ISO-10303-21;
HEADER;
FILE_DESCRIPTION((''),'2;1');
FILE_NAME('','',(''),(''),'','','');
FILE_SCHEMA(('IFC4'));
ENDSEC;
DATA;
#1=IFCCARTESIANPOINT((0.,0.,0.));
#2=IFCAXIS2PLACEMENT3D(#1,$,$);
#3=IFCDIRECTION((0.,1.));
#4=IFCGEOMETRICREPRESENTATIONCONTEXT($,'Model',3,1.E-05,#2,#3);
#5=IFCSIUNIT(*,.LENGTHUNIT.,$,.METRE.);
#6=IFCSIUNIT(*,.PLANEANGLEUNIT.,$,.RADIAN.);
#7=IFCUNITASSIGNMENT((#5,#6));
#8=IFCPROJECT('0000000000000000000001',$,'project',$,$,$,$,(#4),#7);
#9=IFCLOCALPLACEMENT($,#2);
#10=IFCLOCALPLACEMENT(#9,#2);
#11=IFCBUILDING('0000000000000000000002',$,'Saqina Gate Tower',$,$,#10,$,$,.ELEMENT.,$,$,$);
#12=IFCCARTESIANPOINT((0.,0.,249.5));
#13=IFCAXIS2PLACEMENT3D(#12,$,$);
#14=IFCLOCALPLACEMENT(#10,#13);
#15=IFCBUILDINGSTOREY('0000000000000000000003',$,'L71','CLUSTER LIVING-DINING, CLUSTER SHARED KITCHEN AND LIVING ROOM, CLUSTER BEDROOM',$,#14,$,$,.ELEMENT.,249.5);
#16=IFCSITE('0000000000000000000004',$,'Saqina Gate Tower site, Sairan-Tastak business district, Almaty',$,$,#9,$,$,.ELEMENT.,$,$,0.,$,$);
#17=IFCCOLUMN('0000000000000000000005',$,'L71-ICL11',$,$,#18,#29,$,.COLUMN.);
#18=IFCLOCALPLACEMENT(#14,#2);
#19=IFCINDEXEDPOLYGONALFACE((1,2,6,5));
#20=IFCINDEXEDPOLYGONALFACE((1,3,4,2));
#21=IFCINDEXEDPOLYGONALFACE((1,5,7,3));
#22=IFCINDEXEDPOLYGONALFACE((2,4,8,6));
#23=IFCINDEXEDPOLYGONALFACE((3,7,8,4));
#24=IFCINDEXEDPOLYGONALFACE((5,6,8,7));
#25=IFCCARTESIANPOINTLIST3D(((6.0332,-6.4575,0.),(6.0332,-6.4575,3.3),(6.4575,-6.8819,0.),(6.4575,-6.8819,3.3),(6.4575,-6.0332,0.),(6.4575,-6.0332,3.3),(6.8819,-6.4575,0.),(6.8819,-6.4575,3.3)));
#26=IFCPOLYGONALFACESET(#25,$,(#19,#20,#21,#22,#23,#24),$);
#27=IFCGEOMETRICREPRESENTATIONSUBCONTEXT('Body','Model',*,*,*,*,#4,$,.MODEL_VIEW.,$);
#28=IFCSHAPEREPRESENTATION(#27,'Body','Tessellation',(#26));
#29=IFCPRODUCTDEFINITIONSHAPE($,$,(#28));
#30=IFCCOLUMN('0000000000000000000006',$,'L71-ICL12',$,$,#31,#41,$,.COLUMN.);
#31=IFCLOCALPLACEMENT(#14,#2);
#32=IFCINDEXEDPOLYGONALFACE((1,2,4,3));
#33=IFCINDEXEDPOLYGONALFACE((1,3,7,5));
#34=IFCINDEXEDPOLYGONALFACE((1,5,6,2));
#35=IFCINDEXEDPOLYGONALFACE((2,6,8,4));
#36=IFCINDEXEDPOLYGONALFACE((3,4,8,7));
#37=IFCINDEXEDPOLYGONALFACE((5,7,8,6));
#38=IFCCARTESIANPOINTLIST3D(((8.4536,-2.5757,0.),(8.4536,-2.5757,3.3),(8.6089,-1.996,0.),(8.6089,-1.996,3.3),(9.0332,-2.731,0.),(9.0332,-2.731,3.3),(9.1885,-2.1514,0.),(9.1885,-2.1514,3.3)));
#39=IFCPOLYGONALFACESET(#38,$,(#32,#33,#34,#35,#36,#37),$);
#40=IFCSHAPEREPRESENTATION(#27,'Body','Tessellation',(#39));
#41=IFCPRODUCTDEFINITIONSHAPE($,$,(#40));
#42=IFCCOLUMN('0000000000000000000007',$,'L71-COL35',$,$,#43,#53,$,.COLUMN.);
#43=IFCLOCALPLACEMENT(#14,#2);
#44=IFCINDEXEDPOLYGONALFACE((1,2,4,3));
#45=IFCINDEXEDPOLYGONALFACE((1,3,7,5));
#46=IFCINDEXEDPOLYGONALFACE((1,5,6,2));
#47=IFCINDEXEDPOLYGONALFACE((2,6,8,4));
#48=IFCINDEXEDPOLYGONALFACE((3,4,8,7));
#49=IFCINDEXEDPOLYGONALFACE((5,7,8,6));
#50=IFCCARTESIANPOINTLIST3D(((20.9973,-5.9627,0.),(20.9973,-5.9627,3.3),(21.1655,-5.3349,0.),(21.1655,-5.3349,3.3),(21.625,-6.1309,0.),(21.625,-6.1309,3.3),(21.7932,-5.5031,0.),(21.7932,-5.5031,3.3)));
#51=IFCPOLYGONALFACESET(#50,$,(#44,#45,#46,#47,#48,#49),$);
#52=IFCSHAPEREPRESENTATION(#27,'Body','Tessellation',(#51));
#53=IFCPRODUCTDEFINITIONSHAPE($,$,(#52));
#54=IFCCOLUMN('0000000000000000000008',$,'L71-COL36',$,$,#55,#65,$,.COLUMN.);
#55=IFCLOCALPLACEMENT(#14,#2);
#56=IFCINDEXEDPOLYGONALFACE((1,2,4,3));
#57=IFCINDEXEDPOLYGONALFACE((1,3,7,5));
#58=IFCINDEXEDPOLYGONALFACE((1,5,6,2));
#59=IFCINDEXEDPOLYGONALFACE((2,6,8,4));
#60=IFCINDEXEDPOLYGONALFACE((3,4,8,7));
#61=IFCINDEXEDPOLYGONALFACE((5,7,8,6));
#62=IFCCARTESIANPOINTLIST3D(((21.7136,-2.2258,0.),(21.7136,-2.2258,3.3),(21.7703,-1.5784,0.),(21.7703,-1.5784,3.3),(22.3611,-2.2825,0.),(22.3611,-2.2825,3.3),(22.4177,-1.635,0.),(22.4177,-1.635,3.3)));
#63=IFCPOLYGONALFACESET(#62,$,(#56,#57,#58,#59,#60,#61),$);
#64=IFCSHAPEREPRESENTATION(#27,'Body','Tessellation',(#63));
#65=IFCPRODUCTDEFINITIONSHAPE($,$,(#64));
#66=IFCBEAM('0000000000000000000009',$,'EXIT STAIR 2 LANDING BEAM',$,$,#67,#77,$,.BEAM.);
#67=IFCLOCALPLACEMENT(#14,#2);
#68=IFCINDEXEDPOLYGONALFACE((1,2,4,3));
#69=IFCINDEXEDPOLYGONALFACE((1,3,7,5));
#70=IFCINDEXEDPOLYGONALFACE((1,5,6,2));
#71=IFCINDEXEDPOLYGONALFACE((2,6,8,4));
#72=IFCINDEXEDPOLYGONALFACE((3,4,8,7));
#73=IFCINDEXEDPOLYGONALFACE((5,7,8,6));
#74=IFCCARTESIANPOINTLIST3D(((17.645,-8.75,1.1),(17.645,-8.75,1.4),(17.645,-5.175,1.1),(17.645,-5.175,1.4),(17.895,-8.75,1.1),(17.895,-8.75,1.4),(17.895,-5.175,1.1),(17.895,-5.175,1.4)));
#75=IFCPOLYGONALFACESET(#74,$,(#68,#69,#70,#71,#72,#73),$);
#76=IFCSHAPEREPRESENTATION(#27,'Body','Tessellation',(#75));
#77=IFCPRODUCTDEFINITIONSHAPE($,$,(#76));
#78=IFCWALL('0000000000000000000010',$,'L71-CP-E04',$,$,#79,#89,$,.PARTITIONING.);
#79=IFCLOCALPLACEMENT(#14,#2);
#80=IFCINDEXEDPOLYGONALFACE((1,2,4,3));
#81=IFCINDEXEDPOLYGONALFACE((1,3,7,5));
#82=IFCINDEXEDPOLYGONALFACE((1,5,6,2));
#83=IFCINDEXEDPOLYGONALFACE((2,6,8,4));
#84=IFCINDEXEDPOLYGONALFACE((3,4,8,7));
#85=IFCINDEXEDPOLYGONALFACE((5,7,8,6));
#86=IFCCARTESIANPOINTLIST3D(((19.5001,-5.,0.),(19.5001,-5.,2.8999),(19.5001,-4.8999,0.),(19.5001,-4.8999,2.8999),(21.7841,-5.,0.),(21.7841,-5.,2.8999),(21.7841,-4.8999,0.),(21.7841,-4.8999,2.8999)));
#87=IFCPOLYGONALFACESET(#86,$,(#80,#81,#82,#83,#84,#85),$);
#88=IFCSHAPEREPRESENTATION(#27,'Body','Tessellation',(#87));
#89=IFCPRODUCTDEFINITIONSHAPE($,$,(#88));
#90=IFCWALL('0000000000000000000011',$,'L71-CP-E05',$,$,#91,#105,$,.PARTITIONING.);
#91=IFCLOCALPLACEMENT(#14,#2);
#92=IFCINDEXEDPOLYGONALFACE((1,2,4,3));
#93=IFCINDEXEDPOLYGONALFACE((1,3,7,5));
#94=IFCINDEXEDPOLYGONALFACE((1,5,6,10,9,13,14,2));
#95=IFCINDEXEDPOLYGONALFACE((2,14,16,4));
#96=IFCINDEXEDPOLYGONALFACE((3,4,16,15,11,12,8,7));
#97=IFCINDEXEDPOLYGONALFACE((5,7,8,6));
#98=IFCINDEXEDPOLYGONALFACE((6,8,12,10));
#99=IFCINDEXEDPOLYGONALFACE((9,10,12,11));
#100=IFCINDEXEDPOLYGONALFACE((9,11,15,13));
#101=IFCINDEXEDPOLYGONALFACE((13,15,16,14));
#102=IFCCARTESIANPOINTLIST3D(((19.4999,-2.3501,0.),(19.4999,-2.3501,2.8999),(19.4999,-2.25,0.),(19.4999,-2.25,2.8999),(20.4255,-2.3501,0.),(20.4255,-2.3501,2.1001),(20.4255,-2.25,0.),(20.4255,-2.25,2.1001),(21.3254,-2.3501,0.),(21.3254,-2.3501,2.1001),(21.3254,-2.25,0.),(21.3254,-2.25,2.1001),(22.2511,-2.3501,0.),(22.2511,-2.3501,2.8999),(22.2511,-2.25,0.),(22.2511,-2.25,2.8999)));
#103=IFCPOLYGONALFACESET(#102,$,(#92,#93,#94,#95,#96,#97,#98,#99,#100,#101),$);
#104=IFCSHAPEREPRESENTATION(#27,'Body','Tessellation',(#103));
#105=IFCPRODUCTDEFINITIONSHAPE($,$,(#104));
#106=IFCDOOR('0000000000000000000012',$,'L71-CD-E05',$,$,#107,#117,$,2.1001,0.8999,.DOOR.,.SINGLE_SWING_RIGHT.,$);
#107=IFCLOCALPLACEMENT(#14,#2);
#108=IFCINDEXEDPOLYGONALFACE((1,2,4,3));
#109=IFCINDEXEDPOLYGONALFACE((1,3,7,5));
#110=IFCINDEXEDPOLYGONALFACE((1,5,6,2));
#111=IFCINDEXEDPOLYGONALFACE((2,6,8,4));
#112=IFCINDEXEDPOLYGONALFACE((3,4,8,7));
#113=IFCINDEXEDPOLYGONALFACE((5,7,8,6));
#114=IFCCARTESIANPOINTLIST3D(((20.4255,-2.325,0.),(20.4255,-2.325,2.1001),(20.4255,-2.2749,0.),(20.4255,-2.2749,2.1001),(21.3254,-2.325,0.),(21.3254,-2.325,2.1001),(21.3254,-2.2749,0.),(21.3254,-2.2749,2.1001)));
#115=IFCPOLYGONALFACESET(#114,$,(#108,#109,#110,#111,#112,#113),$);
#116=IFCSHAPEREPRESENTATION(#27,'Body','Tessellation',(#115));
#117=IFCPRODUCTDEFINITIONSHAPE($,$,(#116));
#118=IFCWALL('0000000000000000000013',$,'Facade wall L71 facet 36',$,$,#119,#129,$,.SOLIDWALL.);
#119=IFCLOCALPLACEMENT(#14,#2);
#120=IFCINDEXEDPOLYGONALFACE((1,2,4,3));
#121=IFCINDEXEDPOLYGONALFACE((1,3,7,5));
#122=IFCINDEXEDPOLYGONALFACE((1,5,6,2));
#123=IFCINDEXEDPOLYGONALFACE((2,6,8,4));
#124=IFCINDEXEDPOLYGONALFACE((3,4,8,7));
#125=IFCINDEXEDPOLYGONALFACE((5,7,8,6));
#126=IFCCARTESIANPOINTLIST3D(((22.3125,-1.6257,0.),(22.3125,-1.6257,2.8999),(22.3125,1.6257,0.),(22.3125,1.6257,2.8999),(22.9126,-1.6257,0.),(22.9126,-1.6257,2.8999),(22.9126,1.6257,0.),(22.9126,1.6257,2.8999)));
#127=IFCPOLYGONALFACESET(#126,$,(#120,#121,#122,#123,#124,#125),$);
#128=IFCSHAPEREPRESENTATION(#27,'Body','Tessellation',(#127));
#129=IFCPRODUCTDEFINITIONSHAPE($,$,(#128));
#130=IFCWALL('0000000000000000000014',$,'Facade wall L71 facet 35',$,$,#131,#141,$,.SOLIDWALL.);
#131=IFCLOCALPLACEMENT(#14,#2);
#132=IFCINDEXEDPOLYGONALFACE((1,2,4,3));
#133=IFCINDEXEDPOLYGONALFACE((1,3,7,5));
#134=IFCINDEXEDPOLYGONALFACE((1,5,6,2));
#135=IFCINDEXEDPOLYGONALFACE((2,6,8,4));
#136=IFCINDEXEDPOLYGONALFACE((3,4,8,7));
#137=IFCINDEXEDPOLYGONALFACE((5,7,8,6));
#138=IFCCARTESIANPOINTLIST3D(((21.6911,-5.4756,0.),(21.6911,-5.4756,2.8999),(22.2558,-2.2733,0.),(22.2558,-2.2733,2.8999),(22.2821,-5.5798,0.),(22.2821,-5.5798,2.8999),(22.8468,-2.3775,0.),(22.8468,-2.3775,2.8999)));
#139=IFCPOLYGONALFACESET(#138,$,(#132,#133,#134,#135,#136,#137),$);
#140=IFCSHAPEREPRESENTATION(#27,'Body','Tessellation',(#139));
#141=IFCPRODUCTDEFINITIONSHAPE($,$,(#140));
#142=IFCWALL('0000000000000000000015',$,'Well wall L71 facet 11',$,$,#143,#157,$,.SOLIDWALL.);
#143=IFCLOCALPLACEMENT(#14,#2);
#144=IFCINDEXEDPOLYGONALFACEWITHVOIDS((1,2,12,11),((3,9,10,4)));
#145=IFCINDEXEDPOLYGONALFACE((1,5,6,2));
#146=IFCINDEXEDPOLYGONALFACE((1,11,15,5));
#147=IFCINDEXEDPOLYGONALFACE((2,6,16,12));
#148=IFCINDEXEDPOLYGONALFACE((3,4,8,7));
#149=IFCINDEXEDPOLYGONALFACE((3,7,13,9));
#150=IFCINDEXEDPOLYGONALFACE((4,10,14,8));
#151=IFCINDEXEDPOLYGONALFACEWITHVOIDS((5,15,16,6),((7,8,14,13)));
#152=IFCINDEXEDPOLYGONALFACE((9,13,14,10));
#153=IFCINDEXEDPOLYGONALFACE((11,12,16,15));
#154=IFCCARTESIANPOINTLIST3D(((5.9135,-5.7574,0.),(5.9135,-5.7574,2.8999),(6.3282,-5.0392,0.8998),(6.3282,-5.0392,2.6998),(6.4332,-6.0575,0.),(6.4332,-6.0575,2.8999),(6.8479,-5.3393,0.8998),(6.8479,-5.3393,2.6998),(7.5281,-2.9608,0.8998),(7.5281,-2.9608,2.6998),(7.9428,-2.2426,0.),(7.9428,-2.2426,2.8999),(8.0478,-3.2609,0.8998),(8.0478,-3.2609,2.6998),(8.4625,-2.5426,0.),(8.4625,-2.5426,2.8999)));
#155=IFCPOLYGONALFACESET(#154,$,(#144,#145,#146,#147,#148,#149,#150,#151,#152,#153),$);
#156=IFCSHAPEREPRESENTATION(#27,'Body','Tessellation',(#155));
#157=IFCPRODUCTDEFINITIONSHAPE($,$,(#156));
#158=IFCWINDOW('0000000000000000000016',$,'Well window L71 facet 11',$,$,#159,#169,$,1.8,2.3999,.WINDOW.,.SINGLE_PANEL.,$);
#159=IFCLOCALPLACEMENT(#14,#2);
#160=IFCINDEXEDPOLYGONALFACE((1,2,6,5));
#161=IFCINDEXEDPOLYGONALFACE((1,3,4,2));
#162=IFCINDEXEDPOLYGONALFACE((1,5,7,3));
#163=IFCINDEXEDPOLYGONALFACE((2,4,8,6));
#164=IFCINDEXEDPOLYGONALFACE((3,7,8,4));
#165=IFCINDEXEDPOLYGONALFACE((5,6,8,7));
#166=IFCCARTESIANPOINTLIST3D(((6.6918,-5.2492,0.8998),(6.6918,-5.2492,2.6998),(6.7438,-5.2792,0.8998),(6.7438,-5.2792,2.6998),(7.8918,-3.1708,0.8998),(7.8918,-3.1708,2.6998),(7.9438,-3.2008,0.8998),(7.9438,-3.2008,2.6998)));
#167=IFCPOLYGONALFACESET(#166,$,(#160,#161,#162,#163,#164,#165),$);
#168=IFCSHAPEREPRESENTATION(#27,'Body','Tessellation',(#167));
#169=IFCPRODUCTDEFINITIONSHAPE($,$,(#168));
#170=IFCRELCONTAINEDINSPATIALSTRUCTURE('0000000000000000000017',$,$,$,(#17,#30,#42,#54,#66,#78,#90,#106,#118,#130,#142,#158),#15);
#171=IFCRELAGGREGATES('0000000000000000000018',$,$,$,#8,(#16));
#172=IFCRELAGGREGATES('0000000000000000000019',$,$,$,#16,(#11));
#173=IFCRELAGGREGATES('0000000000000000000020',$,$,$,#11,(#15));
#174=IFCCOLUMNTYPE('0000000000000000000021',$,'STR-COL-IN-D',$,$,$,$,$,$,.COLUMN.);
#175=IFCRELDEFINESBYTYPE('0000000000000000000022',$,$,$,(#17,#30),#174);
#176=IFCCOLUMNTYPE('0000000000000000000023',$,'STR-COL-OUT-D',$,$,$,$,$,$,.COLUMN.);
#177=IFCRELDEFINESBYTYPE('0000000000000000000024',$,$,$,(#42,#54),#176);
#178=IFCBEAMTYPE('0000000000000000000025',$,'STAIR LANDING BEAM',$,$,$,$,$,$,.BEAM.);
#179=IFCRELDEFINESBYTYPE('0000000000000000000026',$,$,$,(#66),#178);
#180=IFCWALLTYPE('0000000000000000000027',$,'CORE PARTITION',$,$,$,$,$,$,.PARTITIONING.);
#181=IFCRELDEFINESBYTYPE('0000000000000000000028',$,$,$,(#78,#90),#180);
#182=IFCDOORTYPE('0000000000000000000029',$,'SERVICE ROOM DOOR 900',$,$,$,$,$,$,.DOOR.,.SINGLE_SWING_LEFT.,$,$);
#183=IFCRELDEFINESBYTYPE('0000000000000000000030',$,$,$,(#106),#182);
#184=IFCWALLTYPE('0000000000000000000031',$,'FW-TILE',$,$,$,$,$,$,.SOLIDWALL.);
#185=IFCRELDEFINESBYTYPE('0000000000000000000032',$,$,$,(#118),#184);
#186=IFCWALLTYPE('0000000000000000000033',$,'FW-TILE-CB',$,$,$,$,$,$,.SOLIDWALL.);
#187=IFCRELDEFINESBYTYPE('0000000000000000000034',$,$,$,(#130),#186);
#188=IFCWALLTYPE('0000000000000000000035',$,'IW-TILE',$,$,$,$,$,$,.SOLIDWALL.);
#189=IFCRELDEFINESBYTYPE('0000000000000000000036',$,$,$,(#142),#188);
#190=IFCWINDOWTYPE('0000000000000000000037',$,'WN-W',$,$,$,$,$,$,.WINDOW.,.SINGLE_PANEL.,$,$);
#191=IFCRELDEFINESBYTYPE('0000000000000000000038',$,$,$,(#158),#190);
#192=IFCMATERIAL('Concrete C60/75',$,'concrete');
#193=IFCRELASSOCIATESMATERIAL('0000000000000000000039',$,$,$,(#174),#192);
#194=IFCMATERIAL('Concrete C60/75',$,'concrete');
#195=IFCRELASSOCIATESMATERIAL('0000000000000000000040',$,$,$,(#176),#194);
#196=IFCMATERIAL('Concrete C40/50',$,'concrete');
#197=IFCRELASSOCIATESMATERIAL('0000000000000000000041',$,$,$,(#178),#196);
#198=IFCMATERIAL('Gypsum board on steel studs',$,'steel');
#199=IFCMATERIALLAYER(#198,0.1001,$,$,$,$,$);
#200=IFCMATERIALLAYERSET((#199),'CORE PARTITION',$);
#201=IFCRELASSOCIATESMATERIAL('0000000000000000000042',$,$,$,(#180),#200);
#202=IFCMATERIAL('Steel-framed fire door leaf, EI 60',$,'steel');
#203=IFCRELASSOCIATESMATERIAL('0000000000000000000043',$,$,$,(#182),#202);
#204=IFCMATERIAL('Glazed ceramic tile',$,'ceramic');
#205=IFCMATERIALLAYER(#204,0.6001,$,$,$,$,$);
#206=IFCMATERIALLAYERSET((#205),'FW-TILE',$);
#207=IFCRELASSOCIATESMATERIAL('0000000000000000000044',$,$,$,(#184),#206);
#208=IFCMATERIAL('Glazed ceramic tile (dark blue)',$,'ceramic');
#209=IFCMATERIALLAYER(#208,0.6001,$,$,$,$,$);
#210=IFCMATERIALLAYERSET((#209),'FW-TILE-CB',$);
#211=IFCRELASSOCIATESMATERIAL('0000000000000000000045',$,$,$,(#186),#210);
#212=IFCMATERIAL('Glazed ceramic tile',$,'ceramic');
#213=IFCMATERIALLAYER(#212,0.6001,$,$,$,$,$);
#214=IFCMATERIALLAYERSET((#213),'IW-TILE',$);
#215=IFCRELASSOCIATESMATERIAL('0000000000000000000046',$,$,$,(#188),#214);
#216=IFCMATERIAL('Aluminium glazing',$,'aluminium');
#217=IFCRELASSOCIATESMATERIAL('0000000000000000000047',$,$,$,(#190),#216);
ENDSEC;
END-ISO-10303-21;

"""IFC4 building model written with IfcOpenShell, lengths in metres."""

from ifc_helpers import new_model, si_unit, direction, frame, frame_2d, origin, origin_2d, place, context, subcontext, project, spatial, rectangle, extrude, material, layer, layer_set, material_profile, profile_set, type_object, element, fill, save


model = new_model("IFC4")

# Units and contexts
model_context = context("Model", 3, precision=1e-05, world=origin(), true_north=direction((0.0, 1.0)))
body_context = subcontext(model_context, "Body", "Model", "MODEL_VIEW")
ifc_project = project(units=[si_unit("LENGTHUNIT", "METRE"), si_unit("PLANEANGLEUNIT", "RADIAN")], contexts=[model_context])

# Site, building, storey
site_placement = place(None, origin())
site = spatial("IfcSite", under=ifc_project, at=site_placement, Name="Saqina Gate Tower site, Sairan-Tastak business district, Almaty", CompositionType="ELEMENT", RefElevation=0.0)
building_placement = place(site_placement, origin())
building = spatial("IfcBuilding", under=site, at=building_placement, Name="Saqina Gate Tower", CompositionType="ELEMENT")
storey_placement = place(building_placement, frame((0.0, 0.0, 249.5)))
storey = spatial("IfcBuildingStorey", under=building, at=storey_placement, Name="L71", Description="CLUSTER LIVING-DINING, CLUSTER SHARED KITCHEN AND LIVING ROOM, CLUSTER BEDROOM", CompositionType="ELEMENT", Elevation=249.5)

# Columns
ifc_material_1 = material(Name="Concrete C60/75", Category="concrete")
ifc_material_profile_1 = material_profile(ifc_material_1, rectangle(XDim=0.6001, YDim=0.6001, at=origin_2d()), Name="RC 600x600")
ifc_profile_set_1 = profile_set([ifc_material_profile_1], Name="Concrete C60/75")
column_type_1 = type_object("IfcColumnType", Name="STR-COL-IN-D", PredefinedType="COLUMN", material=ifc_profile_set_1)
for number, where, z_axis, x_axis, name in (
    (1, (6.4575, -6.4575, 0.0), (0.0, 0.0, 1.0), (0.707107, -0.707107, 0.0), "L71-ICL11"),
    (2, (8.821, -2.3635, 0.0), (0.0, 0.0, 1.0), (0.965926, -0.258819, 0.0), "L71-ICL12"),
):
    element("IfcColumn", number, at=place(storey_placement, frame(where, z_axis=z_axis, x_axis=x_axis)), inside=storey, type_object=column_type_1, Name=name, PredefinedType="COLUMN", context=body_context, shape_type="SweptSolid", body=[
        extrude(rectangle(XDim=0.6001, YDim=0.6001, at=origin_2d()), origin(), (0.0, 0.0, 1.0), 3.3),
    ])
ifc_material_2 = material(Name="Concrete C60/75", Category="concrete")
ifc_material_profile_2 = material_profile(ifc_material_2, rectangle(XDim=0.6499, YDim=0.6499, at=origin_2d()), Name="RC 650x650")
ifc_profile_set_2 = profile_set([ifc_material_profile_2], Name="Concrete C60/75")
column_type_2 = type_object("IfcColumnType", Name="STR-COL-OUT-D", PredefinedType="COLUMN", material=ifc_profile_set_2)
for number, where, z_axis, x_axis, name in (
    (3, (21.3953, -5.7329, 0.0), (0.0, 0.0, 1.0), (0.965926, -0.258819, 0.0), "L71-COL35"),
    (4, (22.0657, -1.9304, 0.0), (0.0, 0.0, 1.0), (0.996195, -0.087156, 0.0), "L71-COL36"),
):
    element("IfcColumn", number, at=place(storey_placement, frame(where, z_axis=z_axis, x_axis=x_axis)), inside=storey, type_object=column_type_2, Name=name, PredefinedType="COLUMN", context=body_context, shape_type="SweptSolid", body=[
        extrude(rectangle(XDim=0.6499, YDim=0.6499, at=origin_2d()), origin(), (0.0, 0.0, 1.0), 3.3),
    ])

# Beam
ifc_material_3 = material(Name="Concrete C40/50", Category="concrete")
ifc_material_profile_3 = material_profile(ifc_material_3, rectangle(XDim=0.25, YDim=0.3, at=origin_2d()), Name="STAIR LANDING BEAM")
ifc_profile_set_3 = profile_set([ifc_material_profile_3], Name="Concrete C40/50")
beam_type = type_object("IfcBeamType", Name="STAIR LANDING BEAM", PredefinedType="BEAM", material=ifc_profile_set_3)
beam_placement = place(storey_placement, frame((17.77, -8.75, 1.25), z_axis=(0.0, 1.0, 0.0), x_axis=(-1.0, 0.0, 0.0)))
element("IfcBeam", 5, at=beam_placement, inside=storey, type_object=beam_type, Name="EXIT STAIR 2 LANDING BEAM", PredefinedType="BEAM", context=body_context, shape_type="SweptSolid", body=[
    extrude(rectangle(XDim=0.25, YDim=0.3, at=origin_2d()), origin(), (0.0, 0.0, 1.0), 3.575),
])

# Wall
ifc_material_4 = material(Name="Gypsum board on steel studs", Category="steel")
ifc_layer_1 = layer(ifc_material_4, 0.1001)
ifc_layer_set_1 = layer_set([ifc_layer_1], Name="CORE PARTITION")
wall_type_1 = type_object("IfcWallType", Name="CORE PARTITION", PredefinedType="PARTITIONING", material=ifc_layer_set_1)
wall_1_placement = place(storey_placement, frame((19.5, -4.95, 0.0), z_axis=(0.0, 0.0, 1.0), x_axis=(1.0, 0.0, 0.0)))
element("IfcWall", 6, at=wall_1_placement, inside=storey, type_object=wall_type_1, Name="L71-CP-E04", PredefinedType="PARTITIONING", context=body_context, shape_type="SweptSolid", body=[
    extrude(rectangle(XDim=2.2839, YDim=0.1001, at=frame_2d((1.1421, 0.0))), origin(), (0.0, 0.0, 1.0), 2.8999),
])

# Wall, opening, door
wall_2_placement = place(storey_placement, frame((19.5, -2.3, 0.0), z_axis=(0.0, 0.0, 1.0), x_axis=(1.0, 0.0, 0.0)))
wall_2 = element("IfcWall", 7, at=wall_2_placement, inside=storey, type_object=wall_type_1, Name="L71-CP-E05", PredefinedType="PARTITIONING", context=body_context, shape_type="SweptSolid", body=[
    extrude(rectangle(XDim=2.7512, YDim=0.1001, at=frame_2d((1.3755, 0.0))), origin(), (0.0, 0.0, 1.0), 2.8999),
])
opening_1_placement = place(wall_2_placement, frame((0.9255, 0.0, 0.0)))
opening_1 = element("IfcOpeningElement", 8, at=opening_1_placement, cuts=wall_2, PredefinedType="OPENING", context=body_context, shape_type="SweptSolid", body=[
    extrude(rectangle(XDim=0.8999, YDim=2.1001, at=frame_2d((0.45, 1.05))), frame((0.0, 0.062, 0.0), z_axis=(0.0, -1.0, 0.0), x_axis=(1.0, 0.0, 0.0)), (0.0, 0.0, 1.0), 0.124),
])
ifc_material_5 = material(Name="Steel-framed fire door leaf, EI 60", Category="steel")
door_type_1 = type_object("IfcDoorType", Name="SERVICE ROOM DOOR 900", OperationType="SINGLE_SWING_LEFT", PredefinedType="DOOR", material=ifc_material_5)
door_1_placement = place(opening_1_placement, frame((0.8999, 0.0, 0.0), z_axis=(0.0, 0.0, 1.0), x_axis=(-1.0, 0.0, 0.0)))
door_1 = element("IfcDoor", 9, at=door_1_placement, inside=storey, type_object=door_type_1, Name="L71-CD-E05", OperationType="SINGLE_SWING_RIGHT", OverallHeight=2.1001, OverallWidth=0.8999, PredefinedType="DOOR", context=body_context, shape_type="SweptSolid", body=[
    extrude(rectangle(XDim=0.8999, YDim=2.1001, at=frame_2d((0.45, 1.05))), frame((0.0, 0.0249, 0.0), z_axis=(0.0, -1.0, 0.0), x_axis=(1.0, 0.0, 0.0)), (0.0, 0.0, 1.0), 0.05),
])
fill(opening_1, door_1)

# Walls
ifc_material_6 = material(Name="Glazed ceramic tile", Category="ceramic")
ifc_layer_2 = layer(ifc_material_6, 0.6001)
ifc_layer_set_2 = layer_set([ifc_layer_2], Name="FW-TILE")
wall_type_2 = type_object("IfcWallType", Name="FW-TILE", PredefinedType="SOLIDWALL", material=ifc_layer_set_2)
wall_3_placement = place(storey_placement, frame((22.6125, -1.6257, 0.0), z_axis=(0.0, 0.0, 1.0), x_axis=(0.0, 1.0, 0.0)))
element("IfcWall", 10, at=wall_3_placement, inside=storey, type_object=wall_type_2, Name="Facade wall L71 facet 36", PredefinedType="SOLIDWALL", context=body_context, shape_type="SweptSolid", body=[
    extrude(rectangle(XDim=3.2515, YDim=0.6001, at=frame_2d((1.6257, 0.0))), origin(), (0.0, 0.0, 1.0), 2.8999),
])
ifc_material_7 = material(Name="Glazed ceramic tile (dark blue)", Category="ceramic")
ifc_layer_3 = layer(ifc_material_7, 0.6001)
ifc_layer_set_3 = layer_set([ifc_layer_3], Name="FW-TILE-CB")
wall_type_3 = type_object("IfcWallType", Name="FW-TILE-CB", PredefinedType="SOLIDWALL", material=ifc_layer_set_3)
wall_4_placement = place(storey_placement, frame((21.9866, -5.5278, 0.0), z_axis=(0.0, 0.0, 1.0), x_axis=(0.173657, 0.984806, 0.0)))
element("IfcWall", 11, at=wall_4_placement, inside=storey, type_object=wall_type_3, Name="Facade wall L71 facet 35", PredefinedType="SOLIDWALL", context=body_context, shape_type="SweptSolid", body=[
    extrude(rectangle(XDim=3.2517, YDim=0.6001, at=frame_2d((1.626, 0.0))), origin(), (0.0, 0.0, 1.0), 2.8999),
])

# Wall, opening, window
ifc_material_8 = material(Name="Glazed ceramic tile", Category="ceramic")
ifc_layer_4 = layer(ifc_material_8, 0.6001)
ifc_layer_set_4 = layer_set([ifc_layer_4], Name="IW-TILE")
wall_type_4 = type_object("IfcWallType", Name="IW-TILE", PredefinedType="SOLIDWALL", material=ifc_layer_set_4)
wall_5_placement = place(storey_placement, frame((6.1733, -5.9075, 0.0), z_axis=(0.0, 0.0, 1.0), x_axis=(0.499995, 0.866028, 0.0)))
wall_5 = element("IfcWall", 12, at=wall_5_placement, inside=storey, type_object=wall_type_4, Name="Well wall L71 facet 11", PredefinedType="SOLIDWALL", context=body_context, shape_type="SweptSolid", body=[
    extrude(rectangle(XDim=4.0586, YDim=0.6001, at=frame_2d((2.0293, 0.0))), origin(), (0.0, 0.0, 1.0), 2.8999),
])
opening_2_placement = place(wall_5_placement, frame((0.8293, 0.0, 0.8999)))
opening_2 = element("IfcOpeningElement", 13, at=opening_2_placement, cuts=wall_5, PredefinedType="OPENING", context=body_context, shape_type="SweptSolid", body=[
    extrude(rectangle(XDim=2.3999, YDim=1.8, at=frame_2d((1.2, 0.8999))), frame((0.0, 0.312, 0.0), z_axis=(0.0, -1.0, 0.0), x_axis=(1.0, 0.0, 0.0)), (0.0, 0.0, 1.0), 0.624),
])
ifc_material_9 = material(Name="Aluminium glazing", Category="aluminium")
window_type = type_object("IfcWindowType", Name="WN-W", PartitioningType="SINGLE_PANEL", PredefinedType="WINDOW", material=ifc_material_9)
window_1_placement = place(opening_2_placement, origin())
window_1 = element("IfcWindow", 14, at=window_1_placement, inside=storey, type_object=window_type, Name="Well window L71 facet 11", OverallHeight=1.8, OverallWidth=2.3999, PartitioningType="SINGLE_PANEL", PredefinedType="WINDOW", context=body_context, shape_type="SweptSolid", body=[
    extrude(rectangle(XDim=2.3999, YDim=1.8, at=frame_2d((1.2, 0.8999))), frame((0.0, -0.1199, 0.0), z_axis=(0.0, -1.0, 0.0), x_axis=(1.0, 0.0, 0.0)), (0.0, 0.0, 1.0), 0.0601),
])
fill(opening_2, window_1)

save(model, "model.ifc")
